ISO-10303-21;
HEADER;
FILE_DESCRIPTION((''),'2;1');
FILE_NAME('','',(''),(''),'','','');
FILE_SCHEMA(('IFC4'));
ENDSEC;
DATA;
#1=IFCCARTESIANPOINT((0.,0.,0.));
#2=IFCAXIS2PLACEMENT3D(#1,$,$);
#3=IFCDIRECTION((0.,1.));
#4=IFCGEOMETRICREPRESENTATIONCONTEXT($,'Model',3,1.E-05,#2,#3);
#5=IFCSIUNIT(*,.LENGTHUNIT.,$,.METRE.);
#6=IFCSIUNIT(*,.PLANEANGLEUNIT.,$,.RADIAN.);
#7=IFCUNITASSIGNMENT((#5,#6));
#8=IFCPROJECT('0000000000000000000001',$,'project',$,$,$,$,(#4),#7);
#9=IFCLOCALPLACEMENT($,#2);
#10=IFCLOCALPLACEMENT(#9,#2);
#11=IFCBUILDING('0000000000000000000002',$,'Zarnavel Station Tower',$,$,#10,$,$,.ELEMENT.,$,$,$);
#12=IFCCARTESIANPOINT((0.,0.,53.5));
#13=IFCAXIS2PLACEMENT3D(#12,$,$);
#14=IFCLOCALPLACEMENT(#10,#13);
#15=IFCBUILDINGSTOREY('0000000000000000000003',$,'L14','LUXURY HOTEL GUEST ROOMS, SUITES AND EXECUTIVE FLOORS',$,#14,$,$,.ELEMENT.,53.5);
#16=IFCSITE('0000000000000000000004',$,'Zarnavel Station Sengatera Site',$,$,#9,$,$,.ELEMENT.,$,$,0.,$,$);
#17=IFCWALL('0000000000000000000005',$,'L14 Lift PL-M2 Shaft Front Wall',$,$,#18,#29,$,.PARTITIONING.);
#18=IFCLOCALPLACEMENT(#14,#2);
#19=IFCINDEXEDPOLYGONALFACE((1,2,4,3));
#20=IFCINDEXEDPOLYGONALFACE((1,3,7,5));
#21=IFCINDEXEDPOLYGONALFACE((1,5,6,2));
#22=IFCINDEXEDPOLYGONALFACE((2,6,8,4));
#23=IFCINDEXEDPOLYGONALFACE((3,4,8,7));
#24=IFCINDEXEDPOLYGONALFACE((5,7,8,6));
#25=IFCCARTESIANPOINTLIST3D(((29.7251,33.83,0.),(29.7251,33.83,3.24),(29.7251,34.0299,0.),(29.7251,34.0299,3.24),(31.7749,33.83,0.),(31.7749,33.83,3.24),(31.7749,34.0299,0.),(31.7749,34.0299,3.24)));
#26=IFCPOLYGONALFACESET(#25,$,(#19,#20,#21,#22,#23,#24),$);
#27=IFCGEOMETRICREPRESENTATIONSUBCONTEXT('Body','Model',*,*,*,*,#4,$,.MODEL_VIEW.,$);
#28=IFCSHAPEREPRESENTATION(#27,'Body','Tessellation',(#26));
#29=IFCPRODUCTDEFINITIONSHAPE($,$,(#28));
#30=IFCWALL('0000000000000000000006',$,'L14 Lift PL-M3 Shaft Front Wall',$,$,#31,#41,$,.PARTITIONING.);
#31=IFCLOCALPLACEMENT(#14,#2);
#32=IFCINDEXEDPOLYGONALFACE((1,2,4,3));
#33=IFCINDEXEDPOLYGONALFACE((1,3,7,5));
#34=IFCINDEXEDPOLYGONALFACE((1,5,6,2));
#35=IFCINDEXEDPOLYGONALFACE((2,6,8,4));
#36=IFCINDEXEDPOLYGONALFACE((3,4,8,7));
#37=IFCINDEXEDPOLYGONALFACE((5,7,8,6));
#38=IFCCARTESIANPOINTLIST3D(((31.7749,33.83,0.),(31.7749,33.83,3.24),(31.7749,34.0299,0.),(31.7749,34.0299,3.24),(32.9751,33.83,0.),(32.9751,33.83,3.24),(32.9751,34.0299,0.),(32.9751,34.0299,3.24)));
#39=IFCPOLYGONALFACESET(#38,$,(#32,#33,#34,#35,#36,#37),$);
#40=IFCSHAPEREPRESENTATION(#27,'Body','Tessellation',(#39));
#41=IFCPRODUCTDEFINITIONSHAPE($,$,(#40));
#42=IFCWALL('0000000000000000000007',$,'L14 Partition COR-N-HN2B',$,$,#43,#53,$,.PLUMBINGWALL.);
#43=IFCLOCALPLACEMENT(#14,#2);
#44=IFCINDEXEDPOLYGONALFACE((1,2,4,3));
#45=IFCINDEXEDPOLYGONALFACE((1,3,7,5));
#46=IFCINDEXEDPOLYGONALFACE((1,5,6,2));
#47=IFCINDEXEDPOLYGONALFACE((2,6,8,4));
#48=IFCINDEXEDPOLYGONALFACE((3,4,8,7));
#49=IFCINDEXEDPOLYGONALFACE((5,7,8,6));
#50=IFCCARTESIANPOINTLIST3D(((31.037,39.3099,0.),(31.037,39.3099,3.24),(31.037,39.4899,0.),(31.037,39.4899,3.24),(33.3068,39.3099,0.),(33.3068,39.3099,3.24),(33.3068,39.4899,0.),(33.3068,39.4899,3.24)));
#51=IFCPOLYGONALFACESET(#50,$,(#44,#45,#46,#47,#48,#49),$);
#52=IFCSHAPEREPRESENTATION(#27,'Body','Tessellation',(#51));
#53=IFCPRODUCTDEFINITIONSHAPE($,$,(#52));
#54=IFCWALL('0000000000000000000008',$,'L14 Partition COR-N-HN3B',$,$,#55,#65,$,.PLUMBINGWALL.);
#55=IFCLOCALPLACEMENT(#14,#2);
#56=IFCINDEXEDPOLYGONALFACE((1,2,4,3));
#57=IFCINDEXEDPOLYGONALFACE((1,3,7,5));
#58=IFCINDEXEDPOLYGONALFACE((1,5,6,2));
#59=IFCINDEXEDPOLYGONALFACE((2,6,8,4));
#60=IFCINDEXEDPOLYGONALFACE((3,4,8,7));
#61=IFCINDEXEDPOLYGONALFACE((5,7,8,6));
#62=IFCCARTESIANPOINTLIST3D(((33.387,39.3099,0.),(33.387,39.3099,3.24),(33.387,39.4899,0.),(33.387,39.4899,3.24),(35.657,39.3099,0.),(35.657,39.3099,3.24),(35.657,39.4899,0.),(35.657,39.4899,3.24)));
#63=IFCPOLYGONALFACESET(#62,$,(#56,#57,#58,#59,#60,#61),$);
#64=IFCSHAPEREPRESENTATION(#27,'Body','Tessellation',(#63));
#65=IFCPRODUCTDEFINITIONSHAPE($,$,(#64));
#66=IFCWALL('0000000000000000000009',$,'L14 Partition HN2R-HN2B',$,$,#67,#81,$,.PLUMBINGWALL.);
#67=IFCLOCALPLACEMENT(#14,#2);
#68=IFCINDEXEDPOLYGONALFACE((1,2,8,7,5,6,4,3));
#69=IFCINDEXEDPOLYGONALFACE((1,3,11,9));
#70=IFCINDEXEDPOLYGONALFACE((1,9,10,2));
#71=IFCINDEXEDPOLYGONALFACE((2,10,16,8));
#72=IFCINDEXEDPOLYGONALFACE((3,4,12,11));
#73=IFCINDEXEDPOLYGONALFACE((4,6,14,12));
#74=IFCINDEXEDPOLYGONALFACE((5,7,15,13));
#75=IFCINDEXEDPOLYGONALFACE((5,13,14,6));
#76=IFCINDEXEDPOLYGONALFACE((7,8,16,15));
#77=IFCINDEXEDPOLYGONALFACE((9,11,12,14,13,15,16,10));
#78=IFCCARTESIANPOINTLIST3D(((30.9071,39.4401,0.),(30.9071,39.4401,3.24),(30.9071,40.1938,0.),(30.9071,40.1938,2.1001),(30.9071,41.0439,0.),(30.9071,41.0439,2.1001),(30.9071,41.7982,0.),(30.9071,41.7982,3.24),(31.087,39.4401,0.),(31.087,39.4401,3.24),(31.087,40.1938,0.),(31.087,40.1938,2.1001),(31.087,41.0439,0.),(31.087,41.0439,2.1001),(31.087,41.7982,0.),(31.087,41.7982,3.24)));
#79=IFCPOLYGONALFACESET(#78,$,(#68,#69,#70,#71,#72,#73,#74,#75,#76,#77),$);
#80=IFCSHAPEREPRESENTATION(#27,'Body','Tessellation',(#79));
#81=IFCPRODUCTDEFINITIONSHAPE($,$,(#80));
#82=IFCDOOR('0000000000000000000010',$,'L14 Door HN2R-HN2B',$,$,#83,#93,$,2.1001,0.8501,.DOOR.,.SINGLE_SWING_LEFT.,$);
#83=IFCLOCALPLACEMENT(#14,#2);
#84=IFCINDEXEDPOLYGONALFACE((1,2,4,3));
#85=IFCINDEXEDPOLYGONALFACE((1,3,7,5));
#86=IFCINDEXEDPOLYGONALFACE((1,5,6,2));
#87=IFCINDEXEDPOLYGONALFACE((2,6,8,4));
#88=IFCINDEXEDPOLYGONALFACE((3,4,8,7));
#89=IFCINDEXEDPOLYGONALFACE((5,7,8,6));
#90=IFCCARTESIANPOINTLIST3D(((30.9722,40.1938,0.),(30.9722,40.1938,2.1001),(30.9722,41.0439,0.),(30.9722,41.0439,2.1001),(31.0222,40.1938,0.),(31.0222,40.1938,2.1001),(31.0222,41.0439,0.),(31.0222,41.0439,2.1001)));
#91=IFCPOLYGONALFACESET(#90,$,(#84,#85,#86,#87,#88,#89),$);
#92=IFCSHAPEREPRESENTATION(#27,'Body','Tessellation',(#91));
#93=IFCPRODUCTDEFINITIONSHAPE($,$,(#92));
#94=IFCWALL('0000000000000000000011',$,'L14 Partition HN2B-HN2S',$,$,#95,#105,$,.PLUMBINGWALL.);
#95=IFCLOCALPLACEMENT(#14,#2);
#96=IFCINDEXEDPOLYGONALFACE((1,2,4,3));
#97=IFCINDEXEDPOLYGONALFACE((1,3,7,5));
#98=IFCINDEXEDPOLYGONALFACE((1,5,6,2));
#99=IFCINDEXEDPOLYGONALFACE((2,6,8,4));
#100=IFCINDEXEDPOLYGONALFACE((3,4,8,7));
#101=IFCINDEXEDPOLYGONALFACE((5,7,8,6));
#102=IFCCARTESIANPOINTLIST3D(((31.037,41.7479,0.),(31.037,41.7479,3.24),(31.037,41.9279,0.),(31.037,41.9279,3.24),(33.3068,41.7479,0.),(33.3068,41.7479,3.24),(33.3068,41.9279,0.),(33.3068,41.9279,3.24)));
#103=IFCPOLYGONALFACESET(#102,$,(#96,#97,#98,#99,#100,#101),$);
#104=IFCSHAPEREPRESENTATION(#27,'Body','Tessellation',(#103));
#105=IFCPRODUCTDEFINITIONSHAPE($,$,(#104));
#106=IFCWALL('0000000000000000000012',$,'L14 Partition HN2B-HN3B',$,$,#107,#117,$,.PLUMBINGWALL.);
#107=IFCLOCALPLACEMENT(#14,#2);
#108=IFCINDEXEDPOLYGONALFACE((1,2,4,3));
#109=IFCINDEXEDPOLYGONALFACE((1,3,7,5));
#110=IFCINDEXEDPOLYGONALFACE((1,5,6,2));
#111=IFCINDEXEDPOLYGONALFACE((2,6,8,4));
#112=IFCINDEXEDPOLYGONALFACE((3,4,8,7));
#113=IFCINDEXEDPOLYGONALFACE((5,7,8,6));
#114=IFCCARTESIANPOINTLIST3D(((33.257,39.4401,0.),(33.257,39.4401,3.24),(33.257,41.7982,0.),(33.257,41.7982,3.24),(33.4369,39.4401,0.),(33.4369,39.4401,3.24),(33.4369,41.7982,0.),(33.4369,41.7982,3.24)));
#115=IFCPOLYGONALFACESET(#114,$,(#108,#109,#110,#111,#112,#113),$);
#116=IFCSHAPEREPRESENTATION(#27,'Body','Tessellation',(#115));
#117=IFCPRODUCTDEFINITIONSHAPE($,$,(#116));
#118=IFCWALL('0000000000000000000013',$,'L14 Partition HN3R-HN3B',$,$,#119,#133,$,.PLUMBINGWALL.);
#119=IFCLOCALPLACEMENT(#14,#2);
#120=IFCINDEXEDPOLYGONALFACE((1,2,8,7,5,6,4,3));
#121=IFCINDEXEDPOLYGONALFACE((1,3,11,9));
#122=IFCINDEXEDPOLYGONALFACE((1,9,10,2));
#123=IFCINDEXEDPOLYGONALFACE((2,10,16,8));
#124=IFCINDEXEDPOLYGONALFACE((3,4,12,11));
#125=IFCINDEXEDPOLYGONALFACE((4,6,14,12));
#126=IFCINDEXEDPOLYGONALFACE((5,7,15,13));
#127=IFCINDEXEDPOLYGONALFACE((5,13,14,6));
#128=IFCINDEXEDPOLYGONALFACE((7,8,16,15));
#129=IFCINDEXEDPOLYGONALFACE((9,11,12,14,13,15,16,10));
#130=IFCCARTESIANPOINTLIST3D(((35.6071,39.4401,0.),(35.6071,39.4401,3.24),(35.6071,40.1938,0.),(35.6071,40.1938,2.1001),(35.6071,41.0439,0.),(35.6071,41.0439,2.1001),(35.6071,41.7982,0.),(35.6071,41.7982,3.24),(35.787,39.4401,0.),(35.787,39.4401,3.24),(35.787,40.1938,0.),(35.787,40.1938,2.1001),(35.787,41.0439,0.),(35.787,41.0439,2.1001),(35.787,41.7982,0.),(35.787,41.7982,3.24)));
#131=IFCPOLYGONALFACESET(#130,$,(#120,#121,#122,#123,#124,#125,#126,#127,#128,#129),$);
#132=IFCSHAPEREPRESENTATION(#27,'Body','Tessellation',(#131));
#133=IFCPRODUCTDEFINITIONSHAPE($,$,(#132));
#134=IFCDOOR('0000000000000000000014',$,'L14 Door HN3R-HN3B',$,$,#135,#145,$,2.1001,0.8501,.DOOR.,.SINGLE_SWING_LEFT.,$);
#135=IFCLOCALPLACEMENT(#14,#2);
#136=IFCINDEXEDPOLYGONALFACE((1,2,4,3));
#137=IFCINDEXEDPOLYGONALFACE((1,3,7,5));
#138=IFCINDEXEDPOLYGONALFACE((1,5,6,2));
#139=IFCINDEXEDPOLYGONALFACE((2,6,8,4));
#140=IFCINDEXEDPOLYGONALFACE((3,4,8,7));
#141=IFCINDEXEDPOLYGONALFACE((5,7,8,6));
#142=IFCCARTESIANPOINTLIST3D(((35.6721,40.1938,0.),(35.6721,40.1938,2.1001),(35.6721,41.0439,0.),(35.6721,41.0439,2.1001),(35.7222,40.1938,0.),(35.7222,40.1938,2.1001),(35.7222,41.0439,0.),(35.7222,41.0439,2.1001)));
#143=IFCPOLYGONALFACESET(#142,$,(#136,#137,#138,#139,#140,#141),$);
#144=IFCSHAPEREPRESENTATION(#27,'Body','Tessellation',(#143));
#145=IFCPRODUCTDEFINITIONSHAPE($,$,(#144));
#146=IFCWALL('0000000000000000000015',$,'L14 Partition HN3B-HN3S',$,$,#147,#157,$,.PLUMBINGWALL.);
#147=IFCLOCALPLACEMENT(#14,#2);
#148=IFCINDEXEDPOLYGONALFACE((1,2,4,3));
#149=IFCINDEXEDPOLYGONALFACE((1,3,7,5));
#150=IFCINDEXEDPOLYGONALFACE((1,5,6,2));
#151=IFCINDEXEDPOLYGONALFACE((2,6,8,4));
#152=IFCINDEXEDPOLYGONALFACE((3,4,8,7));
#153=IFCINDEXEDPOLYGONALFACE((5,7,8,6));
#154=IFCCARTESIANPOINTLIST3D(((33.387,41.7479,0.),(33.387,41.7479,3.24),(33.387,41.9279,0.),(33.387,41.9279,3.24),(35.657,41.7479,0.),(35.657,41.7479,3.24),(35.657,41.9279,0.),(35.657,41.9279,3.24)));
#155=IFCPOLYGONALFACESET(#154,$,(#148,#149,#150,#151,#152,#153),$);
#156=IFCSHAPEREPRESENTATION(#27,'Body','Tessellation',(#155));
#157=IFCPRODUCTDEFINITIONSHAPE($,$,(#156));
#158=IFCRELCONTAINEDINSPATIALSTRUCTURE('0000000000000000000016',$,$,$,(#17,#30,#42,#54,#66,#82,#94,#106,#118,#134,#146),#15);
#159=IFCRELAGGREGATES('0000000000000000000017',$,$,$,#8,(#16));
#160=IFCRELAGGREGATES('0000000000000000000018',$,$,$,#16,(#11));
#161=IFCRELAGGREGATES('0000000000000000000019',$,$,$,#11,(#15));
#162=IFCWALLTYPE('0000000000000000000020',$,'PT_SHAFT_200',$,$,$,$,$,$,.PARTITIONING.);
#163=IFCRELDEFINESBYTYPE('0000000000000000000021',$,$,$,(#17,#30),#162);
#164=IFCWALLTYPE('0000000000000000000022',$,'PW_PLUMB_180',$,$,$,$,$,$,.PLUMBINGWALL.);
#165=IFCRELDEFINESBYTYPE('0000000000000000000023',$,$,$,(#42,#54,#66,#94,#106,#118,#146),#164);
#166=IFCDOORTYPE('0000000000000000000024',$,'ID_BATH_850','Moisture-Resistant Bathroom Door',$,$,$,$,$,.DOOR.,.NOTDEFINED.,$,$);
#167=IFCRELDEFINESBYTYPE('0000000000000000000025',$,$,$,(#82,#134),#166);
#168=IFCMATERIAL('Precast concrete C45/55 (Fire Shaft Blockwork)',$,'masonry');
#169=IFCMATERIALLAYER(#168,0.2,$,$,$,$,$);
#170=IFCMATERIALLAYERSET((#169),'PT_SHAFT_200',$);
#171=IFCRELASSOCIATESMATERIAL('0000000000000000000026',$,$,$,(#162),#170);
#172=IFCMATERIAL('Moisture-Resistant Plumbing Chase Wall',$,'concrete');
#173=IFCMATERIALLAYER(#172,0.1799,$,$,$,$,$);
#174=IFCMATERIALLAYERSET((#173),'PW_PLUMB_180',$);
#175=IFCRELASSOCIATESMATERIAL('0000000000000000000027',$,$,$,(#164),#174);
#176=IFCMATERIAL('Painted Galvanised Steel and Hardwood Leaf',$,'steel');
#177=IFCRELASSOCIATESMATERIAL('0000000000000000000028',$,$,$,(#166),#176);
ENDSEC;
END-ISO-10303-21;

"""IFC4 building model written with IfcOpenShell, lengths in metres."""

from ifc_helpers import new_model, si_unit, direction, frame, frame_2d, origin, place, context, subcontext, project, spatial, rectangle, extrude, material, layer, layer_set, type_object, element, fill, save


model = new_model("IFC4")

# Units and contexts
model_context = context("Model", 3, precision=1e-05, world=origin(), true_north=direction((0.0, 1.0)))
body_context = subcontext(model_context, "Body", "Model", "MODEL_VIEW")
ifc_project = project(units=[si_unit("LENGTHUNIT", "METRE"), si_unit("PLANEANGLEUNIT", "RADIAN")], contexts=[model_context])

# Site, building, storey
site_placement = place(None, origin())
site = spatial("IfcSite", under=ifc_project, at=site_placement, Name="Zarnavel Station Sengatera Site", CompositionType="ELEMENT", RefElevation=0.0)
building_placement = place(site_placement, origin())
building = spatial("IfcBuilding", under=site, at=building_placement, Name="Zarnavel Station Tower", CompositionType="ELEMENT")
storey_placement = place(building_placement, frame((0.0, 0.0, 53.5)))
storey = spatial("IfcBuildingStorey", under=building, at=storey_placement, Name="L14", Description="LUXURY HOTEL GUEST ROOMS, SUITES AND EXECUTIVE FLOORS", CompositionType="ELEMENT", Elevation=53.5)

# Shared definitions
ifc_material_1 = material(Name="Precast concrete C45/55 (Fire Shaft Blockwork)", Category="masonry")
ifc_layer_1 = layer(ifc_material_1, 0.2)
ifc_layer_set_1 = layer_set([ifc_layer_1], Name="PT_SHAFT_200")
wall_type_1 = type_object("IfcWallType", Name="PT_SHAFT_200", PredefinedType="PARTITIONING", material=ifc_layer_set_1)

# Walls
wall_1_placement = place(storey_placement, frame((29.7251, 33.9299, 0.0), z_axis=(0.0, 0.0, 1.0), x_axis=(1.0, 0.0, 0.0)))
element("IfcWall", 1, at=wall_1_placement, inside=storey, type_object=wall_type_1, Name="L14 Lift PL-M2 Shaft Front Wall", PredefinedType="PARTITIONING", context=body_context, shape_type="SweptSolid", body=[
    extrude(rectangle(XDim=2.0498, YDim=0.2, at=frame_2d((1.0249, 0.0))), origin(), (0.0, 0.0, 1.0), 3.24),
])
wall_2_placement = place(storey_placement, frame((31.7749, 33.9299, 0.0), z_axis=(0.0, 0.0, 1.0), x_axis=(1.0, 0.0, 0.0)))
element("IfcWall", 2, at=wall_2_placement, inside=storey, type_object=wall_type_1, Name="L14 Lift PL-M3 Shaft Front Wall", PredefinedType="PARTITIONING", context=body_context, shape_type="SweptSolid", body=[
    extrude(rectangle(XDim=1.2002, YDim=0.2, at=frame_2d((0.6001, 0.0))), origin(), (0.0, 0.0, 1.0), 3.24),
])
ifc_material_2 = material(Name="Moisture-Resistant Plumbing Chase Wall", Category="concrete")
ifc_layer_2 = layer(ifc_material_2, 0.1799)
ifc_layer_set_2 = layer_set([ifc_layer_2], Name="PW_PLUMB_180")
wall_type_2 = type_object("IfcWallType", Name="PW_PLUMB_180", PredefinedType="PLUMBINGWALL", material=ifc_layer_set_2)
wall_3_placement = place(storey_placement, frame((31.0371, 39.3999, 0.0), z_axis=(0.0, 0.0, 1.0), x_axis=(1.0, 0.0, 0.0)))
element("IfcWall", 3, at=wall_3_placement, inside=storey, type_object=wall_type_2, Name="L14 Partition COR-N-HN2B", PredefinedType="PLUMBINGWALL", context=body_context, shape_type="SweptSolid", body=[
    extrude(rectangle(XDim=2.2698, YDim=0.1799, at=frame_2d((1.1348, 0.0))), origin(), (0.0, 0.0, 1.0), 3.24),
])
wall_4_placement = place(storey_placement, frame((33.387, 39.3999, 0.0), z_axis=(0.0, 0.0, 1.0), x_axis=(1.0, 0.0, 0.0)))
element("IfcWall", 4, at=wall_4_placement, inside=storey, type_object=wall_type_2, Name="L14 Partition COR-N-HN3B", PredefinedType="PLUMBINGWALL", context=body_context, shape_type="SweptSolid", body=[
    extrude(rectangle(XDim=2.27, YDim=0.1799, at=frame_2d((1.135, 0.0))), origin(), (0.0, 0.0, 1.0), 3.24),
])

# Wall, opening, door
wall_5_placement = place(storey_placement, frame((30.9971, 39.4399, 0.0), z_axis=(0.0, 0.0, 1.0), x_axis=(0.0, 1.0, 0.0)))
wall_5 = element("IfcWall", 5, at=wall_5_placement, inside=storey, type_object=wall_type_2, Name="L14 Partition HN2R-HN2B", PredefinedType="PLUMBINGWALL", context=body_context, shape_type="SweptSolid", body=[
    extrude(rectangle(XDim=2.3582, YDim=0.1799, at=frame_2d((1.1792, 0.0))), origin(), (0.0, 0.0, 1.0), 3.24),
])
opening_1_placement = place(wall_5_placement, frame((0.7539, 0.0, 0.0)))
opening_1 = element("IfcOpeningElement", 6, at=opening_1_placement, cuts=wall_5, PredefinedType="OPENING", context=body_context, shape_type="SweptSolid", body=[
    extrude(rectangle(XDim=0.8501, YDim=2.1001, at=frame_2d((0.425, 1.05))), frame((0.0, 0.0999, 0.0), z_axis=(0.0, -1.0, 0.0), x_axis=(1.0, 0.0, 0.0)), (0.0, 0.0, 1.0), 0.2),
])
ifc_material_3 = material(Name="Painted Galvanised Steel and Hardwood Leaf", Category="steel")
door_type_1 = type_object("IfcDoorType", Name="ID_BATH_850", Description="Moisture-Resistant Bathroom Door", OperationType="NOTDEFINED", PredefinedType="DOOR", material=ifc_material_3)
door_1_placement = place(opening_1_placement, origin())
door_1 = element("IfcDoor", 7, at=door_1_placement, inside=storey, type_object=door_type_1, Name="L14 Door HN2R-HN2B", OperationType="SINGLE_SWING_LEFT", OverallHeight=2.1001, OverallWidth=0.8501, PredefinedType="DOOR", context=body_context, shape_type="SweptSolid", body=[
    extrude(rectangle(XDim=0.8501, YDim=2.1001, at=frame_2d((0.425, 1.05))), frame((0.0, 0.0249, 0.0), z_axis=(0.0, -1.0, 0.0), x_axis=(1.0, 0.0, 0.0)), (0.0, 0.0, 1.0), 0.05),
])
fill(opening_1, door_1)

# Walls
wall_6_placement = place(storey_placement, frame((31.0371, 41.8379, 0.0), z_axis=(0.0, 0.0, 1.0), x_axis=(1.0, 0.0, 0.0)))
element("IfcWall", 8, at=wall_6_placement, inside=storey, type_object=wall_type_2, Name="L14 Partition HN2B-HN2S", PredefinedType="PLUMBINGWALL", context=body_context, shape_type="SweptSolid", body=[
    extrude(rectangle(XDim=2.2698, YDim=0.1799, at=frame_2d((1.1348, 0.0))), origin(), (0.0, 0.0, 1.0), 3.24),
])
wall_7_placement = place(storey_placement, frame((33.3469, 39.4399, 0.0), z_axis=(0.0, 0.0, 1.0), x_axis=(0.0, 1.0, 0.0)))
element("IfcWall", 9, at=wall_7_placement, inside=storey, type_object=wall_type_2, Name="L14 Partition HN2B-HN3B", PredefinedType="PLUMBINGWALL", context=body_context, shape_type="SweptSolid", body=[
    extrude(rectangle(XDim=2.3582, YDim=0.1799, at=frame_2d((1.1792, 0.0))), origin(), (0.0, 0.0, 1.0), 3.24),
])

# Wall, opening, door
wall_8_placement = place(storey_placement, frame((35.697, 39.4399, 0.0), z_axis=(0.0, 0.0, 1.0), x_axis=(0.0, 1.0, 0.0)))
wall_8 = element("IfcWall", 10, at=wall_8_placement, inside=storey, type_object=wall_type_2, Name="L14 Partition HN3R-HN3B", PredefinedType="PLUMBINGWALL", context=body_context, shape_type="SweptSolid", body=[
    extrude(rectangle(XDim=2.3582, YDim=0.1799, at=frame_2d((1.1792, 0.0))), origin(), (0.0, 0.0, 1.0), 3.24),
])
opening_2_placement = place(wall_8_placement, frame((0.7539, 0.0, 0.0)))
opening_2 = element("IfcOpeningElement", 11, at=opening_2_placement, cuts=wall_8, PredefinedType="OPENING", context=body_context, shape_type="SweptSolid", body=[
    extrude(rectangle(XDim=0.8501, YDim=2.1001, at=frame_2d((0.425, 1.05))), frame((0.0, 0.0999, 0.0), z_axis=(0.0, -1.0, 0.0), x_axis=(1.0, 0.0, 0.0)), (0.0, 0.0, 1.0), 0.2),
])
door_2_placement = place(opening_2_placement, origin())
door_2 = element("IfcDoor", 12, at=door_2_placement, inside=storey, type_object=door_type_1, Name="L14 Door HN3R-HN3B", OperationType="SINGLE_SWING_LEFT", OverallHeight=2.1001, OverallWidth=0.8501, PredefinedType="DOOR", context=body_context, shape_type="SweptSolid", body=[
    extrude(rectangle(XDim=0.8501, YDim=2.1001, at=frame_2d((0.425, 1.05))), frame((0.0, 0.0249, 0.0), z_axis=(0.0, -1.0, 0.0), x_axis=(1.0, 0.0, 0.0)), (0.0, 0.0, 1.0), 0.05),
])
fill(opening_2, door_2)

# Wall
wall_9_placement = place(storey_placement, frame((33.387, 41.8379, 0.0), z_axis=(0.0, 0.0, 1.0), x_axis=(1.0, 0.0, 0.0)))
element("IfcWall", 13, at=wall_9_placement, inside=storey, type_object=wall_type_2, Name="L14 Partition HN3B-HN3S", PredefinedType="PLUMBINGWALL", context=body_context, shape_type="SweptSolid", body=[
    extrude(rectangle(XDim=2.27, YDim=0.1799, at=frame_2d((1.135, 0.0))), origin(), (0.0, 0.0, 1.0), 3.24),
])

save(model, "model.ifc")
